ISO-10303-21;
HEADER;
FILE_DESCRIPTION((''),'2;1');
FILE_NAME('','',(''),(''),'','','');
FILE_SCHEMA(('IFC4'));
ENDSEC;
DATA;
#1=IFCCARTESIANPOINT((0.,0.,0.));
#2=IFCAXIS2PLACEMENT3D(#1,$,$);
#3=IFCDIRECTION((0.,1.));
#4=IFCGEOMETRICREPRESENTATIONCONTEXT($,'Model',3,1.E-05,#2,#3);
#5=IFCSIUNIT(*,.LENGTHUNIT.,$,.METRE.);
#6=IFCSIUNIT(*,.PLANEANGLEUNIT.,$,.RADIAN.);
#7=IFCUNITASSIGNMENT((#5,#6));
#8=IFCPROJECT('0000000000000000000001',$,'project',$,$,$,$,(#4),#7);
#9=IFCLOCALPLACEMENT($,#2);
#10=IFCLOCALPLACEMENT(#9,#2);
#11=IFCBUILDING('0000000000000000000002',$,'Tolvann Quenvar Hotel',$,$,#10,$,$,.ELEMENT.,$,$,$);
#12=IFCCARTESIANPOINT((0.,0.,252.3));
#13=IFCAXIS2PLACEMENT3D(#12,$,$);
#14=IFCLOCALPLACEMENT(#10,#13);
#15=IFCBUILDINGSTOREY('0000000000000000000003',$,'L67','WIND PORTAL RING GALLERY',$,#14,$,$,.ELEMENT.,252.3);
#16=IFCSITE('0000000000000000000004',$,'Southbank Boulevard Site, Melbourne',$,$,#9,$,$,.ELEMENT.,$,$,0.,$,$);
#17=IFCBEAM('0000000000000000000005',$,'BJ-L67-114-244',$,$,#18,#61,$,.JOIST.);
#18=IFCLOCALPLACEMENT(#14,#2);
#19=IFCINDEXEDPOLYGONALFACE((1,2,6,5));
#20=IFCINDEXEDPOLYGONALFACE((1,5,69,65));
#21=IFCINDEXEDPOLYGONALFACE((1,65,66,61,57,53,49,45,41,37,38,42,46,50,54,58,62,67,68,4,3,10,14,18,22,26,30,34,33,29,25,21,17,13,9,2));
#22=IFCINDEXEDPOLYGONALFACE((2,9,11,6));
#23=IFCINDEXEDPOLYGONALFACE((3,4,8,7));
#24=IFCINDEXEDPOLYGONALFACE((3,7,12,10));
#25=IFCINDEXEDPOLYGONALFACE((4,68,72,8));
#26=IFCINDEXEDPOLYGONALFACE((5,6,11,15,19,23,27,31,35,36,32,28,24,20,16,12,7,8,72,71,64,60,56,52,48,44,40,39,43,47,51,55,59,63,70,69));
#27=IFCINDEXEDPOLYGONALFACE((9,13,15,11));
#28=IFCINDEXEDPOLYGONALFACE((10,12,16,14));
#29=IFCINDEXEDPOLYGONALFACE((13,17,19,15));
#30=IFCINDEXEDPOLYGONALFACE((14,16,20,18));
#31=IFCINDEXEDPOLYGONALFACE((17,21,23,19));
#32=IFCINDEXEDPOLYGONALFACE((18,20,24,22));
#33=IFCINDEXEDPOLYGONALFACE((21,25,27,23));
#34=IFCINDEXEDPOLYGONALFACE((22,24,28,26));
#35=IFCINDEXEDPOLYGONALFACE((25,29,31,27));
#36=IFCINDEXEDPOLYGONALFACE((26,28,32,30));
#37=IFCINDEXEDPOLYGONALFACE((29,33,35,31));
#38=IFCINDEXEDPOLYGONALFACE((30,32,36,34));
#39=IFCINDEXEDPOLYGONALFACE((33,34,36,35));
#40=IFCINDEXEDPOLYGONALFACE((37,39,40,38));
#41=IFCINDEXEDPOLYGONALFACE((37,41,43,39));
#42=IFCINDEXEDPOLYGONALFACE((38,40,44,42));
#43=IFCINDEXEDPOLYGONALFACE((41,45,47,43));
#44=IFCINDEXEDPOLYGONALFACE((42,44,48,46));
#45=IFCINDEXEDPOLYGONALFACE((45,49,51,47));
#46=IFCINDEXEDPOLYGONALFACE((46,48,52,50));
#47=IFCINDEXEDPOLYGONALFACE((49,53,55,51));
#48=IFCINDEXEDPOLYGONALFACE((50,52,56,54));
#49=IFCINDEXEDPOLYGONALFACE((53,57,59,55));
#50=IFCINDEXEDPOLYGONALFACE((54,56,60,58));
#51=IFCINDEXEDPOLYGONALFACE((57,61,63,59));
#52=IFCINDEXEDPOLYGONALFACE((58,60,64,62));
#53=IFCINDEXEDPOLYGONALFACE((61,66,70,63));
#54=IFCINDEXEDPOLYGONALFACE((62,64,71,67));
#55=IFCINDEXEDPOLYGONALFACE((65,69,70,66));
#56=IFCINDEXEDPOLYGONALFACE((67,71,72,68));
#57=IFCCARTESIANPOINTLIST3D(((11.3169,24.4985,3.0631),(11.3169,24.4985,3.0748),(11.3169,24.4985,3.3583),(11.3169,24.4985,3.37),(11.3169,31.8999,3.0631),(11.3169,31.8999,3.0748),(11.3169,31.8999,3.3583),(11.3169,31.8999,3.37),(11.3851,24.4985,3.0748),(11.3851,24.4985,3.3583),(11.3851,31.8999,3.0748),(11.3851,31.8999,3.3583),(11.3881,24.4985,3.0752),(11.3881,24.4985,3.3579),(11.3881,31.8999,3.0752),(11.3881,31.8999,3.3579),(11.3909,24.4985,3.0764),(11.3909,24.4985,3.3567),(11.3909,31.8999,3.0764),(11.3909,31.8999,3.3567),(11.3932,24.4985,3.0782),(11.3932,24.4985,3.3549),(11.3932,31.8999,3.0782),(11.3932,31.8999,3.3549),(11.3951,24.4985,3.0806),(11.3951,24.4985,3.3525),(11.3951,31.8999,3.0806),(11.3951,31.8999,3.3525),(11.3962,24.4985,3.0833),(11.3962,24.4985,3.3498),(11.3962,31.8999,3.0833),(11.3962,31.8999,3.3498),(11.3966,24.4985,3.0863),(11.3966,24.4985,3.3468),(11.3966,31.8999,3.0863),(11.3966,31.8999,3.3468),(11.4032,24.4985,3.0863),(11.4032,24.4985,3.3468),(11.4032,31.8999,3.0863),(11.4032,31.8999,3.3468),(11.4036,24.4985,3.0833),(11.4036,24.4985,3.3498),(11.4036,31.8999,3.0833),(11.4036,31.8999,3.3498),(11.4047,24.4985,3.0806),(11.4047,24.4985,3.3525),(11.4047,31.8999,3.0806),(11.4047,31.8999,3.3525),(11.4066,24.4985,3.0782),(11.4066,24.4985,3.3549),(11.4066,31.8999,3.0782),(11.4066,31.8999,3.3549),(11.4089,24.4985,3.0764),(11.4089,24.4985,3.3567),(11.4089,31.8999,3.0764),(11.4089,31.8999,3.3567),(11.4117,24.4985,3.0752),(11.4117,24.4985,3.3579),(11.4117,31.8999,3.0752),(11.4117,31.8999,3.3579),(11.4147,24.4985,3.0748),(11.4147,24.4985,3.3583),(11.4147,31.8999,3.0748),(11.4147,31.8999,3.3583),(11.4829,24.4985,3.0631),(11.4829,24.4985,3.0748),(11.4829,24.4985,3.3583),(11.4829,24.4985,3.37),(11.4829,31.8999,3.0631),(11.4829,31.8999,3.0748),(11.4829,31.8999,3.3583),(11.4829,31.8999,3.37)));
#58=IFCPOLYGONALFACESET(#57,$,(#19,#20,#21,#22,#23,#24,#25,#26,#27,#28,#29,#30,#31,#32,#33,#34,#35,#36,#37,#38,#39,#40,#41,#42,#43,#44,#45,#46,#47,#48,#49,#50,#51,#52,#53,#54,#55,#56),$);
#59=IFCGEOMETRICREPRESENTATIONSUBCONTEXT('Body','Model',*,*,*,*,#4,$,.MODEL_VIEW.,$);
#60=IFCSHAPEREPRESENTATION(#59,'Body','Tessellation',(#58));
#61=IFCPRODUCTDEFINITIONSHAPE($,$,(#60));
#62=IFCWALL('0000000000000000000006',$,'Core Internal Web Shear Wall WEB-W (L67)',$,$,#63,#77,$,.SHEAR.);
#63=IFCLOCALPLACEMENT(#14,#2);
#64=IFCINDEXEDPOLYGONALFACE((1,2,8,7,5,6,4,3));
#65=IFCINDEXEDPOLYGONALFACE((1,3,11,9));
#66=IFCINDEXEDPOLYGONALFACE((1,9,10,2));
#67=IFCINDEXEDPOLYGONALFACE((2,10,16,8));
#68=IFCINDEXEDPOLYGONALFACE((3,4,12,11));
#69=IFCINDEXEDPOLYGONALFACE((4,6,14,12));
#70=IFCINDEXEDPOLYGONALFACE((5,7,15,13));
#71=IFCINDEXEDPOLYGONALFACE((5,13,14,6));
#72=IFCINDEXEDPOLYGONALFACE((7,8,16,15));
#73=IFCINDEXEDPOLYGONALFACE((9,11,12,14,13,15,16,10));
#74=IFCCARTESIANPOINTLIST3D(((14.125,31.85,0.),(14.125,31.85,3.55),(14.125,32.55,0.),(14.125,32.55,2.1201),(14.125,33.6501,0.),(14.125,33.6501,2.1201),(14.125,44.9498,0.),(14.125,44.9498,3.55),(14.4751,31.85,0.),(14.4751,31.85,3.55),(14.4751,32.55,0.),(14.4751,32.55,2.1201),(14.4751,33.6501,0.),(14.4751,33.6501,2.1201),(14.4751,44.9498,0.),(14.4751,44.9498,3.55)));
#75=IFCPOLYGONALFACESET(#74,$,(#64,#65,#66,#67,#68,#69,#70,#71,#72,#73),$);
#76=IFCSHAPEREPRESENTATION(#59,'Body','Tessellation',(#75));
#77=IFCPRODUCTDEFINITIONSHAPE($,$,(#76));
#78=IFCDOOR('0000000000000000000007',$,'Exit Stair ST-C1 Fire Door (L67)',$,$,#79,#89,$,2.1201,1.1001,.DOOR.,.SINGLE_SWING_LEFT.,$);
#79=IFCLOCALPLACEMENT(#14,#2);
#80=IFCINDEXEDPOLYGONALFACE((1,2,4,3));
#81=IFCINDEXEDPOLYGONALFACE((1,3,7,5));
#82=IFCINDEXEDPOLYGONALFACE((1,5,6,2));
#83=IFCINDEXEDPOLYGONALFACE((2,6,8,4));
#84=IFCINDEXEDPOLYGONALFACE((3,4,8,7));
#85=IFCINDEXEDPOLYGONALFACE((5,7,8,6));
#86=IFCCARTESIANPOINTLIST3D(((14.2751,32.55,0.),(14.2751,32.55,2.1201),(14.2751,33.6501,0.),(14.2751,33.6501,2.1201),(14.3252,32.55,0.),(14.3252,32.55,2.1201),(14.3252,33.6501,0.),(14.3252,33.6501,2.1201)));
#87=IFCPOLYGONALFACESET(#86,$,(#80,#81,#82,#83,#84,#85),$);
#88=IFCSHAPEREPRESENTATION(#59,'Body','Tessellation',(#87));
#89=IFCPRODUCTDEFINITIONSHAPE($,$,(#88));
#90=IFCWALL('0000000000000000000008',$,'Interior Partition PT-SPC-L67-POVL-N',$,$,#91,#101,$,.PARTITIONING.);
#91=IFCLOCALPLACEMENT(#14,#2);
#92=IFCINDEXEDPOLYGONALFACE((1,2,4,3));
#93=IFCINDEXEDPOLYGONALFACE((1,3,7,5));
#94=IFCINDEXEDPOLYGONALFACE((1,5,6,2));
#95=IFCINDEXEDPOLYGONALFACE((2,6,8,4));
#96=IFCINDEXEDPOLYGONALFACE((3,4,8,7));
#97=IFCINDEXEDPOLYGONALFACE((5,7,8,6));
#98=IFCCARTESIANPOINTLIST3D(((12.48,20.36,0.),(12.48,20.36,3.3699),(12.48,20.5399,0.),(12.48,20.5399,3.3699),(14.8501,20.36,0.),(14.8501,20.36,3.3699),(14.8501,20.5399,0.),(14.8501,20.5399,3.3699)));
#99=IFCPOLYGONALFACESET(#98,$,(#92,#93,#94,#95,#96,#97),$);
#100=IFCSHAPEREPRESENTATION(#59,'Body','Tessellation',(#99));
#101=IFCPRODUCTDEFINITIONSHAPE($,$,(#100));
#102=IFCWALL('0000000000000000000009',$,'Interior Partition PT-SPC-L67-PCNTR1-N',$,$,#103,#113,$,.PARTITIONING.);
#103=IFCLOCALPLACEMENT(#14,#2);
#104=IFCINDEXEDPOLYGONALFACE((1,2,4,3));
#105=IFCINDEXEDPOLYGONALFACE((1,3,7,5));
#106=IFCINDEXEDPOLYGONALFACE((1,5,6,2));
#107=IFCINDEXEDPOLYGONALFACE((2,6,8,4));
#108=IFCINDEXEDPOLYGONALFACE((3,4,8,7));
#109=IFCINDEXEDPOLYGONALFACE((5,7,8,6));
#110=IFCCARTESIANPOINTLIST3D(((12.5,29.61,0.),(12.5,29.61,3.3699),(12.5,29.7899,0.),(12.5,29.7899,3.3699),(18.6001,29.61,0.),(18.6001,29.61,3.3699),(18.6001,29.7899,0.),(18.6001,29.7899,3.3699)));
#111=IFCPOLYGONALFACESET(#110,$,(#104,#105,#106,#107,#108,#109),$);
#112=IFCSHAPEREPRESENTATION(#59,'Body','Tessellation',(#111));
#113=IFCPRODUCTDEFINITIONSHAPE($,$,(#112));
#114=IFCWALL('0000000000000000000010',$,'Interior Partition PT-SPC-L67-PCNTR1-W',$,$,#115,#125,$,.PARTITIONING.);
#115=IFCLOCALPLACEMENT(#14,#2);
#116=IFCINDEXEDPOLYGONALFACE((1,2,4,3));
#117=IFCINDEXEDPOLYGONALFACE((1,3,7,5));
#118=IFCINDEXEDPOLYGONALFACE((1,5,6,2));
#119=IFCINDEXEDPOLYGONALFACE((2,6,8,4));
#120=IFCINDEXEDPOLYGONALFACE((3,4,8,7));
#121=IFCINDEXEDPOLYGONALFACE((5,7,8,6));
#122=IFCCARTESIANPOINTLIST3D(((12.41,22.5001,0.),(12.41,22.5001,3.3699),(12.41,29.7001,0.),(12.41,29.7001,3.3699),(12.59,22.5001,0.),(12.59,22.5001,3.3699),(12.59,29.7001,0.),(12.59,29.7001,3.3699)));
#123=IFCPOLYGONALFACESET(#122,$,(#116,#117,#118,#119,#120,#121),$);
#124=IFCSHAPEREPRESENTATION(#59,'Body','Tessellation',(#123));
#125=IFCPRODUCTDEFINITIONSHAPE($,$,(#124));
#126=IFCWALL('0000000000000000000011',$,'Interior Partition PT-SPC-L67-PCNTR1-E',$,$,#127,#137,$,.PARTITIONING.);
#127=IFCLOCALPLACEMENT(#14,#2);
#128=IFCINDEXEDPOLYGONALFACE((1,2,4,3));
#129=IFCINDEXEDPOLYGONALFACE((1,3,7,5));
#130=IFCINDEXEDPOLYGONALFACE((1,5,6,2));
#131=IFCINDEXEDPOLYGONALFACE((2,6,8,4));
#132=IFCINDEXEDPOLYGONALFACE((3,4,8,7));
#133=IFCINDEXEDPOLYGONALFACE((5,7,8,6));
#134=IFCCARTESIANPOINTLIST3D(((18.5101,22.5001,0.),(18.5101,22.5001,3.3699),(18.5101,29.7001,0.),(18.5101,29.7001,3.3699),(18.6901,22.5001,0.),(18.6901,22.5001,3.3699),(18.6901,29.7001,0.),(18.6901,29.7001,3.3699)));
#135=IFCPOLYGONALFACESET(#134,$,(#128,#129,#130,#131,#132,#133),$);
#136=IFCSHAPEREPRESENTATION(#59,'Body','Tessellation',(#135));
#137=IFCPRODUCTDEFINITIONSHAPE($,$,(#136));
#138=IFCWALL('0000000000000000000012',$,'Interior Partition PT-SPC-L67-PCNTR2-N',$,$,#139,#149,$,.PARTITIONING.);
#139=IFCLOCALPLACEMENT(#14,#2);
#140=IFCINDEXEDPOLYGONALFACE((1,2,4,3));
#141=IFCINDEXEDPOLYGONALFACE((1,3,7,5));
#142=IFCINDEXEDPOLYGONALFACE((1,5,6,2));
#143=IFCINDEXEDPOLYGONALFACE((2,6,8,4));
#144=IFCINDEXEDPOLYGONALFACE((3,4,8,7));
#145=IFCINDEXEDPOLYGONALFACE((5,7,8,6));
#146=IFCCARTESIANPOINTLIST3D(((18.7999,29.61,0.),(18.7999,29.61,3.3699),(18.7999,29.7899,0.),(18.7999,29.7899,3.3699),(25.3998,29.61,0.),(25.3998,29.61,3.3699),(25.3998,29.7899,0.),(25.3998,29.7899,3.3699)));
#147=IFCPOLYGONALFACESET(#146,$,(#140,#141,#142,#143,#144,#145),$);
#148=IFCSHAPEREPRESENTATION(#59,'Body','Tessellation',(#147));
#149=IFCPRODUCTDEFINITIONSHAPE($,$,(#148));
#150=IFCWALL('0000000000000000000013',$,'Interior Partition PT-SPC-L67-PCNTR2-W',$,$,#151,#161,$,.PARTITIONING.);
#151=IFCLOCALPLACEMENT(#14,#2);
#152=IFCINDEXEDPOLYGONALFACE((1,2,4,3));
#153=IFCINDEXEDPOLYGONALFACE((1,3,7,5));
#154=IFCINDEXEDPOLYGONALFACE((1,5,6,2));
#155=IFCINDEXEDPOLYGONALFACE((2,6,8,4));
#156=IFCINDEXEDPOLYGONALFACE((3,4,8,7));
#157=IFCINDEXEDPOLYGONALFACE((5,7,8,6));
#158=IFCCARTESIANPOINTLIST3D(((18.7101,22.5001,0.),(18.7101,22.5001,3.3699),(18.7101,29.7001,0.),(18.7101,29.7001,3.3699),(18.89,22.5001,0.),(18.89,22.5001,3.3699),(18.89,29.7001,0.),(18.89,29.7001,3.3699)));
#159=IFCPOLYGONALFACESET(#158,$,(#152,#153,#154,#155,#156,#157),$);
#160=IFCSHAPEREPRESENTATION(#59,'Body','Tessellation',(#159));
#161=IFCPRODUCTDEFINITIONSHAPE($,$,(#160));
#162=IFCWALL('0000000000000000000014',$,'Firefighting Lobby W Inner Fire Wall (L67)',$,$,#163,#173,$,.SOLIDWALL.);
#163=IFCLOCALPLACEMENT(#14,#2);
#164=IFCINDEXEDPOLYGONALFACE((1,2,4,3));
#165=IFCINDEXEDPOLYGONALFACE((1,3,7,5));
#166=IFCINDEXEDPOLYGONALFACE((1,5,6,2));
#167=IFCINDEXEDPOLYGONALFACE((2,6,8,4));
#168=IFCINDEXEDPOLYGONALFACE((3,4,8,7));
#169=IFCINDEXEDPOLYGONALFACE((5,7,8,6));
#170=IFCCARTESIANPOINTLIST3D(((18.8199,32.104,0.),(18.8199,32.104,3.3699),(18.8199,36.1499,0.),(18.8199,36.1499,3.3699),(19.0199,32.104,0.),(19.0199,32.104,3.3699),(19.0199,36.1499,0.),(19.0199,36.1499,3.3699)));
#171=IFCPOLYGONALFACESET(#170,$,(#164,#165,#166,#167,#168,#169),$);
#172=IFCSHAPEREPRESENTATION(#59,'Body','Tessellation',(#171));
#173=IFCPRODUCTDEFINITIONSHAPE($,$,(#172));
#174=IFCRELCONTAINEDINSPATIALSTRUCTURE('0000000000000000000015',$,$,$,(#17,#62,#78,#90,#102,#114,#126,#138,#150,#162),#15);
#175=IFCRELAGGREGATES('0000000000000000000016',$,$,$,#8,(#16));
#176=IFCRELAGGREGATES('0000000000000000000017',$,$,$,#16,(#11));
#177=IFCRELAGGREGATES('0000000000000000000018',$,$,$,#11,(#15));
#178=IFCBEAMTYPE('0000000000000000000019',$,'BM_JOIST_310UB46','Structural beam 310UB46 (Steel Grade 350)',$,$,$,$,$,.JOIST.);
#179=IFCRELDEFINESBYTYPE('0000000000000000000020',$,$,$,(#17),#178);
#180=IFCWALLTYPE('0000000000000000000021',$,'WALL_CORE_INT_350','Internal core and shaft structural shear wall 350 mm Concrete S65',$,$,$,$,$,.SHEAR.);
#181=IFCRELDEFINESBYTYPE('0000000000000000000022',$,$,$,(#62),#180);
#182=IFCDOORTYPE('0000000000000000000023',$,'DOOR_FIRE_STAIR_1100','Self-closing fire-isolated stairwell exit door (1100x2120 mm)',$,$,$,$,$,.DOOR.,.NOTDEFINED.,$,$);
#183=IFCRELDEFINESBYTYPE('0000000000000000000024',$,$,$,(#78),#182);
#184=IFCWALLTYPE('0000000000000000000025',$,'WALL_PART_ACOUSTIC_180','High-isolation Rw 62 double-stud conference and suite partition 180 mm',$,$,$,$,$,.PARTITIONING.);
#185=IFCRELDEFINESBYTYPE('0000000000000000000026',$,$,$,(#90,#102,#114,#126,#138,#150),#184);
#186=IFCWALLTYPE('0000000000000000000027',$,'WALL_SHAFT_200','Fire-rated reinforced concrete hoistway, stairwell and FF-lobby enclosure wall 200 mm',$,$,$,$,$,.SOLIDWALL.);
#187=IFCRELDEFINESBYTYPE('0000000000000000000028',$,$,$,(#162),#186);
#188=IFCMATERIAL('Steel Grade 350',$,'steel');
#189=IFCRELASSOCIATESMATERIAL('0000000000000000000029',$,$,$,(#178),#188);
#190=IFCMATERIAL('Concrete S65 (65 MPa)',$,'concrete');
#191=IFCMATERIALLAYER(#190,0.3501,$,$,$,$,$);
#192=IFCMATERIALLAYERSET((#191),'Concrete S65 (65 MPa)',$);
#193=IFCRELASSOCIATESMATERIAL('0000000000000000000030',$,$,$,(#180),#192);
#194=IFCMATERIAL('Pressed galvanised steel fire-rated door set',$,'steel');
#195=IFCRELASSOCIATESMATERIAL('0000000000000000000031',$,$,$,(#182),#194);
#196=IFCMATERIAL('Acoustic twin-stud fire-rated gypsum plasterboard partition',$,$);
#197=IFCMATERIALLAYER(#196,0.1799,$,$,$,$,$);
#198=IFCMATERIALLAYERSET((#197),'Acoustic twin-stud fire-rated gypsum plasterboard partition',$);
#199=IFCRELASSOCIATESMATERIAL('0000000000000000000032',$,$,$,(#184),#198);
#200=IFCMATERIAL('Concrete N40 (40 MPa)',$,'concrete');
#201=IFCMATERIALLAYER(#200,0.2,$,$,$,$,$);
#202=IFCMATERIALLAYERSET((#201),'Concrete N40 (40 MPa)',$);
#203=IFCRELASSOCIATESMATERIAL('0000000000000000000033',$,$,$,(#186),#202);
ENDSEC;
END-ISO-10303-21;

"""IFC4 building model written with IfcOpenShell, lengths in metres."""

from ifc_helpers import new_model, si_unit, direction, frame, frame_2d, origin, origin_2d, place, context, subcontext, project, spatial, rectangle, i_section, extrude, source, transform, mapped, material, layer, layer_set, material_profile, profile_set, type_object, type_shapes, element, fill, save


model = new_model("IFC4")

# Units and contexts
model_context = context("Model", 3, precision=1e-05, world=origin(), true_north=direction((0.0, 1.0)))
body_context = subcontext(model_context, "Body", "Model", "MODEL_VIEW")
ifc_project = project(units=[si_unit("LENGTHUNIT", "METRE"), si_unit("PLANEANGLEUNIT", "RADIAN")], contexts=[model_context])

# Site, building, storey
site_placement = place(None, origin())
site = spatial("IfcSite", under=ifc_project, at=site_placement, Name="Southbank Boulevard Site, Melbourne", CompositionType="ELEMENT", RefElevation=0.0)
building_placement = place(site_placement, origin())
building = spatial("IfcBuilding", under=site, at=building_placement, Name="Tolvann Quenvar Hotel", CompositionType="ELEMENT")
storey_placement = place(building_placement, frame((0.0, 0.0, 252.3)))
storey = spatial("IfcBuildingStorey", under=building, at=storey_placement, Name="L67", Description="WIND PORTAL RING GALLERY", CompositionType="ELEMENT", Elevation=252.3)

# Shared definitions
ifc_material_1 = material(Name="Steel Grade 350", Category="steel")

# Beam
ifc_material_profile_1 = material_profile(ifc_material_1, i_section(OverallWidth=0.166, OverallDepth=0.3069, WebThickness=0.0066, FlangeThickness=0.0117, FilletRadius=0.0115, at=origin_2d()), Name="310UB46")
ifc_profile_set_1 = profile_set([ifc_material_profile_1], Name="Steel Grade 350")
beam_type_1 = type_object("IfcBeamType", Name="BM_JOIST_310UB46", Description="Structural beam 310UB46 (Steel Grade 350)", PredefinedType="JOIST", material=ifc_profile_set_1)
shared_shape_1 = source(origin(), body_context, "Body", "SweptSolid", [
    extrude(i_section(OverallWidth=0.166, OverallDepth=0.3069, WebThickness=0.0066, FlangeThickness=0.0117, FilletRadius=0.0115, at=origin_2d()), origin(), (0.0, 0.0, 1.0), 7.4014),
])
beam_1_placement = place(storey_placement, frame((11.3999, 24.4985, 3.2166), z_axis=(0.0, 1.0, 0.0), x_axis=(-1.0, 0.0, 0.0)))
element("IfcBeam", 1, at=beam_1_placement, inside=storey, type_object=beam_type_1, Name="BJ-L67-114-244", PredefinedType="JOIST", context=body_context, shape_type="MappedRepresentation", body=[
    mapped(shared_shape_1, transform((0.0, 0.0, 0.0), x_axis=(1.0, 0.0, 0.0), y_axis=(0.0, 1.0, 0.0), z_axis=(0.0, 0.0, 1.0), scale=1.0)),
])

# Wall, opening, door
ifc_material_2 = material(Name="Concrete S65 (65 MPa)", Category="concrete")
ifc_layer_1 = layer(ifc_material_2, 0.3501)
ifc_layer_set_1 = layer_set([ifc_layer_1], Name="Concrete S65 (65 MPa)")
wall_type_1 = type_object("IfcWallType", Name="WALL_CORE_INT_350", Description="Internal core and shaft structural shear wall 350 mm Concrete S65", PredefinedType="SHEAR", material=ifc_layer_set_1)
wall_1_placement = place(storey_placement, frame((14.3, 31.8501, 0.0), z_axis=(0.0, 0.0, 1.0), x_axis=(0.0, 1.0, 0.0)))
wall_1 = element("IfcWall", 2, at=wall_1_placement, inside=storey, type_object=wall_type_1, Name="Core Internal Web Shear Wall WEB-W (L67)", PredefinedType="SHEAR", context=body_context, shape_type="SweptSolid", body=[
    extrude(rectangle(XDim=13.0999, YDim=0.3501, at=frame_2d((6.5498, 0.0))), origin(), (0.0, 0.0, 1.0), 3.55),
])
opening_1_placement = place(wall_1_placement, frame((0.7, 0.0, 0.0)))
opening_1 = element("IfcOpeningElement", 3, at=opening_1_placement, cuts=wall_1, PredefinedType="OPENING", context=body_context, shape_type="SweptSolid", body=[
    extrude(rectangle(XDim=1.1001, YDim=2.1201, at=frame_2d((0.55, 1.0601))), frame((0.0, 0.1851, 0.0), z_axis=(0.0, -1.0, 0.0), x_axis=(1.0, 0.0, 0.0)), (0.0, 0.0, 1.0), 0.3701),
])
ifc_material_3 = material(Name="Pressed galvanised steel fire-rated door set", Category="steel")
door_type_1 = type_object("IfcDoorType", Name="DOOR_FIRE_STAIR_1100", Description="Self-closing fire-isolated stairwell exit door (1100x2120 mm)", OperationType="NOTDEFINED", PredefinedType="DOOR", material=ifc_material_3)
shared_shape_2 = source(origin(), body_context, "Body", "SweptSolid", [
    extrude(rectangle(XDim=1.1001, YDim=2.1201, at=frame_2d((0.55, 1.0601))), frame((0.0, 0.0249, 0.0), z_axis=(0.0, -1.0, 0.0), x_axis=(1.0, 0.0, 0.0)), (0.0, 0.0, 1.0), 0.05),
])
type_shapes(door_type_1, [shared_shape_2])
door_1_placement = place(opening_1_placement, origin())
door_1 = element("IfcDoor", 4, at=door_1_placement, inside=storey, type_object=door_type_1, Name="Exit Stair ST-C1 Fire Door (L67)", OperationType="SINGLE_SWING_LEFT", OverallHeight=2.1201, OverallWidth=1.1001, PredefinedType="DOOR", context=body_context, shape_type="MappedRepresentation", body=[
    mapped(shared_shape_2, transform((0.0, 0.0, 0.0), x_axis=(1.0, 0.0, 0.0), y_axis=(0.0, 1.0, 0.0), z_axis=(0.0, 0.0, 1.0), scale=1.0)),
])
fill(opening_1, door_1)

# Wall
ifc_material_4 = material(Name="Acoustic twin-stud fire-rated gypsum plasterboard partition")
ifc_layer_2 = layer(ifc_material_4, 0.1799)
ifc_layer_set_2 = layer_set([ifc_layer_2], Name="Acoustic twin-stud fire-rated gypsum plasterboard partition")
wall_type_2 = type_object("IfcWallType", Name="WALL_PART_ACOUSTIC_180", Description="High-isolation Rw 62 double-stud conference and suite partition 180 mm", PredefinedType="PARTITIONING", material=ifc_layer_set_2)
wall_2_placement = place(storey_placement, frame((12.48, 20.45, 0.0), z_axis=(0.0, 0.0, 1.0), x_axis=(1.0, 0.0, 0.0)))
element("IfcWall", 5, at=wall_2_placement, inside=storey, type_object=wall_type_2, Name="Interior Partition PT-SPC-L67-POVL-N", PredefinedType="PARTITIONING", context=body_context, shape_type="SweptSolid", body=[
    extrude(rectangle(XDim=2.3701, YDim=0.1799, at=frame_2d((1.1851, 0.0))), origin(), (0.0, 0.0, 1.0), 3.3699),
])

# Walls
wall_3_placement = place(storey_placement, frame((12.5, 29.7, 0.0), z_axis=(0.0, 0.0, 1.0), x_axis=(1.0, 0.0, 0.0)))
element("IfcWall", 6, at=wall_3_placement, inside=storey, type_object=wall_type_2, Name="Interior Partition PT-SPC-L67-PCNTR1-N", PredefinedType="PARTITIONING", context=body_context, shape_type="SweptSolid", body=[
    extrude(rectangle(XDim=6.1001, YDim=0.1799, at=frame_2d((3.05, 0.0))), origin(), (0.0, 0.0, 1.0), 3.3699),
])
for number, where, z_axis, x_axis, name in (
    (7, (12.5, 22.5, 0.0), (0.0, 0.0, 1.0), (0.0, 1.0, 0.0), "Interior Partition PT-SPC-L67-PCNTR1-W"),
    (8, (18.6001, 22.5, 0.0), (0.0, 0.0, 1.0), (0.0, 1.0, 0.0), "Interior Partition PT-SPC-L67-PCNTR1-E"),
):
    element("IfcWall", number, at=place(storey_placement, frame(where, z_axis=z_axis, x_axis=x_axis)), inside=storey, type_object=wall_type_2, Name=name, PredefinedType="PARTITIONING", context=body_context, shape_type="SweptSolid", body=[
        extrude(rectangle(XDim=7.2, YDim=0.1799, at=frame_2d((3.6001, 0.0))), origin(), (0.0, 0.0, 1.0), 3.3699),
    ])

# Walls
wall_4_placement = place(storey_placement, frame((18.8, 29.7, 0.0), z_axis=(0.0, 0.0, 1.0), x_axis=(1.0, 0.0, 0.0)))
element("IfcWall", 9, at=wall_4_placement, inside=storey, type_object=wall_type_2, Name="Interior Partition PT-SPC-L67-PCNTR2-N", PredefinedType="PARTITIONING", context=body_context, shape_type="SweptSolid", body=[
    extrude(rectangle(XDim=6.5999, YDim=0.1799, at=frame_2d((3.2998, 0.0))), origin(), (0.0, 0.0, 1.0), 3.3699),
])
wall_5_placement = place(storey_placement, frame((18.8, 22.5, 0.0), z_axis=(0.0, 0.0, 1.0), x_axis=(0.0, 1.0, 0.0)))
element("IfcWall", 10, at=wall_5_placement, inside=storey, type_object=wall_type_2, Name="Interior Partition PT-SPC-L67-PCNTR2-W", PredefinedType="PARTITIONING", context=body_context, shape_type="SweptSolid", body=[
    extrude(rectangle(XDim=7.2, YDim=0.1799, at=frame_2d((3.6001, 0.0))), origin(), (0.0, 0.0, 1.0), 3.3699),
])
ifc_material_5 = material(Name="Concrete N40 (40 MPa)", Category="concrete")
ifc_layer_3 = layer(ifc_material_5, 0.2)
ifc_layer_set_3 = layer_set([ifc_layer_3], Name="Concrete N40 (40 MPa)")
wall_type_3 = type_object("IfcWallType", Name="WALL_SHAFT_200", Description="Fire-rated reinforced concrete hoistway, stairwell and FF-lobby enclosure wall 200 mm", PredefinedType="SOLIDWALL", material=ifc_layer_set_3)
wall_6_placement = place(storey_placement, frame((18.9199, 32.104, 0.0), z_axis=(0.0, 0.0, 1.0), x_axis=(0.0, 1.0, 0.0)))
element("IfcWall", 11, at=wall_6_placement, inside=storey, type_object=wall_type_3, Name="Firefighting Lobby W Inner Fire Wall (L67)", PredefinedType="SOLIDWALL", context=body_context, shape_type="SweptSolid", body=[
    extrude(rectangle(XDim=4.0459, YDim=0.2, at=frame_2d((2.0229, 0.0))), origin(), (0.0, 0.0, 1.0), 3.3699),
])

save(model, "model.ifc")
